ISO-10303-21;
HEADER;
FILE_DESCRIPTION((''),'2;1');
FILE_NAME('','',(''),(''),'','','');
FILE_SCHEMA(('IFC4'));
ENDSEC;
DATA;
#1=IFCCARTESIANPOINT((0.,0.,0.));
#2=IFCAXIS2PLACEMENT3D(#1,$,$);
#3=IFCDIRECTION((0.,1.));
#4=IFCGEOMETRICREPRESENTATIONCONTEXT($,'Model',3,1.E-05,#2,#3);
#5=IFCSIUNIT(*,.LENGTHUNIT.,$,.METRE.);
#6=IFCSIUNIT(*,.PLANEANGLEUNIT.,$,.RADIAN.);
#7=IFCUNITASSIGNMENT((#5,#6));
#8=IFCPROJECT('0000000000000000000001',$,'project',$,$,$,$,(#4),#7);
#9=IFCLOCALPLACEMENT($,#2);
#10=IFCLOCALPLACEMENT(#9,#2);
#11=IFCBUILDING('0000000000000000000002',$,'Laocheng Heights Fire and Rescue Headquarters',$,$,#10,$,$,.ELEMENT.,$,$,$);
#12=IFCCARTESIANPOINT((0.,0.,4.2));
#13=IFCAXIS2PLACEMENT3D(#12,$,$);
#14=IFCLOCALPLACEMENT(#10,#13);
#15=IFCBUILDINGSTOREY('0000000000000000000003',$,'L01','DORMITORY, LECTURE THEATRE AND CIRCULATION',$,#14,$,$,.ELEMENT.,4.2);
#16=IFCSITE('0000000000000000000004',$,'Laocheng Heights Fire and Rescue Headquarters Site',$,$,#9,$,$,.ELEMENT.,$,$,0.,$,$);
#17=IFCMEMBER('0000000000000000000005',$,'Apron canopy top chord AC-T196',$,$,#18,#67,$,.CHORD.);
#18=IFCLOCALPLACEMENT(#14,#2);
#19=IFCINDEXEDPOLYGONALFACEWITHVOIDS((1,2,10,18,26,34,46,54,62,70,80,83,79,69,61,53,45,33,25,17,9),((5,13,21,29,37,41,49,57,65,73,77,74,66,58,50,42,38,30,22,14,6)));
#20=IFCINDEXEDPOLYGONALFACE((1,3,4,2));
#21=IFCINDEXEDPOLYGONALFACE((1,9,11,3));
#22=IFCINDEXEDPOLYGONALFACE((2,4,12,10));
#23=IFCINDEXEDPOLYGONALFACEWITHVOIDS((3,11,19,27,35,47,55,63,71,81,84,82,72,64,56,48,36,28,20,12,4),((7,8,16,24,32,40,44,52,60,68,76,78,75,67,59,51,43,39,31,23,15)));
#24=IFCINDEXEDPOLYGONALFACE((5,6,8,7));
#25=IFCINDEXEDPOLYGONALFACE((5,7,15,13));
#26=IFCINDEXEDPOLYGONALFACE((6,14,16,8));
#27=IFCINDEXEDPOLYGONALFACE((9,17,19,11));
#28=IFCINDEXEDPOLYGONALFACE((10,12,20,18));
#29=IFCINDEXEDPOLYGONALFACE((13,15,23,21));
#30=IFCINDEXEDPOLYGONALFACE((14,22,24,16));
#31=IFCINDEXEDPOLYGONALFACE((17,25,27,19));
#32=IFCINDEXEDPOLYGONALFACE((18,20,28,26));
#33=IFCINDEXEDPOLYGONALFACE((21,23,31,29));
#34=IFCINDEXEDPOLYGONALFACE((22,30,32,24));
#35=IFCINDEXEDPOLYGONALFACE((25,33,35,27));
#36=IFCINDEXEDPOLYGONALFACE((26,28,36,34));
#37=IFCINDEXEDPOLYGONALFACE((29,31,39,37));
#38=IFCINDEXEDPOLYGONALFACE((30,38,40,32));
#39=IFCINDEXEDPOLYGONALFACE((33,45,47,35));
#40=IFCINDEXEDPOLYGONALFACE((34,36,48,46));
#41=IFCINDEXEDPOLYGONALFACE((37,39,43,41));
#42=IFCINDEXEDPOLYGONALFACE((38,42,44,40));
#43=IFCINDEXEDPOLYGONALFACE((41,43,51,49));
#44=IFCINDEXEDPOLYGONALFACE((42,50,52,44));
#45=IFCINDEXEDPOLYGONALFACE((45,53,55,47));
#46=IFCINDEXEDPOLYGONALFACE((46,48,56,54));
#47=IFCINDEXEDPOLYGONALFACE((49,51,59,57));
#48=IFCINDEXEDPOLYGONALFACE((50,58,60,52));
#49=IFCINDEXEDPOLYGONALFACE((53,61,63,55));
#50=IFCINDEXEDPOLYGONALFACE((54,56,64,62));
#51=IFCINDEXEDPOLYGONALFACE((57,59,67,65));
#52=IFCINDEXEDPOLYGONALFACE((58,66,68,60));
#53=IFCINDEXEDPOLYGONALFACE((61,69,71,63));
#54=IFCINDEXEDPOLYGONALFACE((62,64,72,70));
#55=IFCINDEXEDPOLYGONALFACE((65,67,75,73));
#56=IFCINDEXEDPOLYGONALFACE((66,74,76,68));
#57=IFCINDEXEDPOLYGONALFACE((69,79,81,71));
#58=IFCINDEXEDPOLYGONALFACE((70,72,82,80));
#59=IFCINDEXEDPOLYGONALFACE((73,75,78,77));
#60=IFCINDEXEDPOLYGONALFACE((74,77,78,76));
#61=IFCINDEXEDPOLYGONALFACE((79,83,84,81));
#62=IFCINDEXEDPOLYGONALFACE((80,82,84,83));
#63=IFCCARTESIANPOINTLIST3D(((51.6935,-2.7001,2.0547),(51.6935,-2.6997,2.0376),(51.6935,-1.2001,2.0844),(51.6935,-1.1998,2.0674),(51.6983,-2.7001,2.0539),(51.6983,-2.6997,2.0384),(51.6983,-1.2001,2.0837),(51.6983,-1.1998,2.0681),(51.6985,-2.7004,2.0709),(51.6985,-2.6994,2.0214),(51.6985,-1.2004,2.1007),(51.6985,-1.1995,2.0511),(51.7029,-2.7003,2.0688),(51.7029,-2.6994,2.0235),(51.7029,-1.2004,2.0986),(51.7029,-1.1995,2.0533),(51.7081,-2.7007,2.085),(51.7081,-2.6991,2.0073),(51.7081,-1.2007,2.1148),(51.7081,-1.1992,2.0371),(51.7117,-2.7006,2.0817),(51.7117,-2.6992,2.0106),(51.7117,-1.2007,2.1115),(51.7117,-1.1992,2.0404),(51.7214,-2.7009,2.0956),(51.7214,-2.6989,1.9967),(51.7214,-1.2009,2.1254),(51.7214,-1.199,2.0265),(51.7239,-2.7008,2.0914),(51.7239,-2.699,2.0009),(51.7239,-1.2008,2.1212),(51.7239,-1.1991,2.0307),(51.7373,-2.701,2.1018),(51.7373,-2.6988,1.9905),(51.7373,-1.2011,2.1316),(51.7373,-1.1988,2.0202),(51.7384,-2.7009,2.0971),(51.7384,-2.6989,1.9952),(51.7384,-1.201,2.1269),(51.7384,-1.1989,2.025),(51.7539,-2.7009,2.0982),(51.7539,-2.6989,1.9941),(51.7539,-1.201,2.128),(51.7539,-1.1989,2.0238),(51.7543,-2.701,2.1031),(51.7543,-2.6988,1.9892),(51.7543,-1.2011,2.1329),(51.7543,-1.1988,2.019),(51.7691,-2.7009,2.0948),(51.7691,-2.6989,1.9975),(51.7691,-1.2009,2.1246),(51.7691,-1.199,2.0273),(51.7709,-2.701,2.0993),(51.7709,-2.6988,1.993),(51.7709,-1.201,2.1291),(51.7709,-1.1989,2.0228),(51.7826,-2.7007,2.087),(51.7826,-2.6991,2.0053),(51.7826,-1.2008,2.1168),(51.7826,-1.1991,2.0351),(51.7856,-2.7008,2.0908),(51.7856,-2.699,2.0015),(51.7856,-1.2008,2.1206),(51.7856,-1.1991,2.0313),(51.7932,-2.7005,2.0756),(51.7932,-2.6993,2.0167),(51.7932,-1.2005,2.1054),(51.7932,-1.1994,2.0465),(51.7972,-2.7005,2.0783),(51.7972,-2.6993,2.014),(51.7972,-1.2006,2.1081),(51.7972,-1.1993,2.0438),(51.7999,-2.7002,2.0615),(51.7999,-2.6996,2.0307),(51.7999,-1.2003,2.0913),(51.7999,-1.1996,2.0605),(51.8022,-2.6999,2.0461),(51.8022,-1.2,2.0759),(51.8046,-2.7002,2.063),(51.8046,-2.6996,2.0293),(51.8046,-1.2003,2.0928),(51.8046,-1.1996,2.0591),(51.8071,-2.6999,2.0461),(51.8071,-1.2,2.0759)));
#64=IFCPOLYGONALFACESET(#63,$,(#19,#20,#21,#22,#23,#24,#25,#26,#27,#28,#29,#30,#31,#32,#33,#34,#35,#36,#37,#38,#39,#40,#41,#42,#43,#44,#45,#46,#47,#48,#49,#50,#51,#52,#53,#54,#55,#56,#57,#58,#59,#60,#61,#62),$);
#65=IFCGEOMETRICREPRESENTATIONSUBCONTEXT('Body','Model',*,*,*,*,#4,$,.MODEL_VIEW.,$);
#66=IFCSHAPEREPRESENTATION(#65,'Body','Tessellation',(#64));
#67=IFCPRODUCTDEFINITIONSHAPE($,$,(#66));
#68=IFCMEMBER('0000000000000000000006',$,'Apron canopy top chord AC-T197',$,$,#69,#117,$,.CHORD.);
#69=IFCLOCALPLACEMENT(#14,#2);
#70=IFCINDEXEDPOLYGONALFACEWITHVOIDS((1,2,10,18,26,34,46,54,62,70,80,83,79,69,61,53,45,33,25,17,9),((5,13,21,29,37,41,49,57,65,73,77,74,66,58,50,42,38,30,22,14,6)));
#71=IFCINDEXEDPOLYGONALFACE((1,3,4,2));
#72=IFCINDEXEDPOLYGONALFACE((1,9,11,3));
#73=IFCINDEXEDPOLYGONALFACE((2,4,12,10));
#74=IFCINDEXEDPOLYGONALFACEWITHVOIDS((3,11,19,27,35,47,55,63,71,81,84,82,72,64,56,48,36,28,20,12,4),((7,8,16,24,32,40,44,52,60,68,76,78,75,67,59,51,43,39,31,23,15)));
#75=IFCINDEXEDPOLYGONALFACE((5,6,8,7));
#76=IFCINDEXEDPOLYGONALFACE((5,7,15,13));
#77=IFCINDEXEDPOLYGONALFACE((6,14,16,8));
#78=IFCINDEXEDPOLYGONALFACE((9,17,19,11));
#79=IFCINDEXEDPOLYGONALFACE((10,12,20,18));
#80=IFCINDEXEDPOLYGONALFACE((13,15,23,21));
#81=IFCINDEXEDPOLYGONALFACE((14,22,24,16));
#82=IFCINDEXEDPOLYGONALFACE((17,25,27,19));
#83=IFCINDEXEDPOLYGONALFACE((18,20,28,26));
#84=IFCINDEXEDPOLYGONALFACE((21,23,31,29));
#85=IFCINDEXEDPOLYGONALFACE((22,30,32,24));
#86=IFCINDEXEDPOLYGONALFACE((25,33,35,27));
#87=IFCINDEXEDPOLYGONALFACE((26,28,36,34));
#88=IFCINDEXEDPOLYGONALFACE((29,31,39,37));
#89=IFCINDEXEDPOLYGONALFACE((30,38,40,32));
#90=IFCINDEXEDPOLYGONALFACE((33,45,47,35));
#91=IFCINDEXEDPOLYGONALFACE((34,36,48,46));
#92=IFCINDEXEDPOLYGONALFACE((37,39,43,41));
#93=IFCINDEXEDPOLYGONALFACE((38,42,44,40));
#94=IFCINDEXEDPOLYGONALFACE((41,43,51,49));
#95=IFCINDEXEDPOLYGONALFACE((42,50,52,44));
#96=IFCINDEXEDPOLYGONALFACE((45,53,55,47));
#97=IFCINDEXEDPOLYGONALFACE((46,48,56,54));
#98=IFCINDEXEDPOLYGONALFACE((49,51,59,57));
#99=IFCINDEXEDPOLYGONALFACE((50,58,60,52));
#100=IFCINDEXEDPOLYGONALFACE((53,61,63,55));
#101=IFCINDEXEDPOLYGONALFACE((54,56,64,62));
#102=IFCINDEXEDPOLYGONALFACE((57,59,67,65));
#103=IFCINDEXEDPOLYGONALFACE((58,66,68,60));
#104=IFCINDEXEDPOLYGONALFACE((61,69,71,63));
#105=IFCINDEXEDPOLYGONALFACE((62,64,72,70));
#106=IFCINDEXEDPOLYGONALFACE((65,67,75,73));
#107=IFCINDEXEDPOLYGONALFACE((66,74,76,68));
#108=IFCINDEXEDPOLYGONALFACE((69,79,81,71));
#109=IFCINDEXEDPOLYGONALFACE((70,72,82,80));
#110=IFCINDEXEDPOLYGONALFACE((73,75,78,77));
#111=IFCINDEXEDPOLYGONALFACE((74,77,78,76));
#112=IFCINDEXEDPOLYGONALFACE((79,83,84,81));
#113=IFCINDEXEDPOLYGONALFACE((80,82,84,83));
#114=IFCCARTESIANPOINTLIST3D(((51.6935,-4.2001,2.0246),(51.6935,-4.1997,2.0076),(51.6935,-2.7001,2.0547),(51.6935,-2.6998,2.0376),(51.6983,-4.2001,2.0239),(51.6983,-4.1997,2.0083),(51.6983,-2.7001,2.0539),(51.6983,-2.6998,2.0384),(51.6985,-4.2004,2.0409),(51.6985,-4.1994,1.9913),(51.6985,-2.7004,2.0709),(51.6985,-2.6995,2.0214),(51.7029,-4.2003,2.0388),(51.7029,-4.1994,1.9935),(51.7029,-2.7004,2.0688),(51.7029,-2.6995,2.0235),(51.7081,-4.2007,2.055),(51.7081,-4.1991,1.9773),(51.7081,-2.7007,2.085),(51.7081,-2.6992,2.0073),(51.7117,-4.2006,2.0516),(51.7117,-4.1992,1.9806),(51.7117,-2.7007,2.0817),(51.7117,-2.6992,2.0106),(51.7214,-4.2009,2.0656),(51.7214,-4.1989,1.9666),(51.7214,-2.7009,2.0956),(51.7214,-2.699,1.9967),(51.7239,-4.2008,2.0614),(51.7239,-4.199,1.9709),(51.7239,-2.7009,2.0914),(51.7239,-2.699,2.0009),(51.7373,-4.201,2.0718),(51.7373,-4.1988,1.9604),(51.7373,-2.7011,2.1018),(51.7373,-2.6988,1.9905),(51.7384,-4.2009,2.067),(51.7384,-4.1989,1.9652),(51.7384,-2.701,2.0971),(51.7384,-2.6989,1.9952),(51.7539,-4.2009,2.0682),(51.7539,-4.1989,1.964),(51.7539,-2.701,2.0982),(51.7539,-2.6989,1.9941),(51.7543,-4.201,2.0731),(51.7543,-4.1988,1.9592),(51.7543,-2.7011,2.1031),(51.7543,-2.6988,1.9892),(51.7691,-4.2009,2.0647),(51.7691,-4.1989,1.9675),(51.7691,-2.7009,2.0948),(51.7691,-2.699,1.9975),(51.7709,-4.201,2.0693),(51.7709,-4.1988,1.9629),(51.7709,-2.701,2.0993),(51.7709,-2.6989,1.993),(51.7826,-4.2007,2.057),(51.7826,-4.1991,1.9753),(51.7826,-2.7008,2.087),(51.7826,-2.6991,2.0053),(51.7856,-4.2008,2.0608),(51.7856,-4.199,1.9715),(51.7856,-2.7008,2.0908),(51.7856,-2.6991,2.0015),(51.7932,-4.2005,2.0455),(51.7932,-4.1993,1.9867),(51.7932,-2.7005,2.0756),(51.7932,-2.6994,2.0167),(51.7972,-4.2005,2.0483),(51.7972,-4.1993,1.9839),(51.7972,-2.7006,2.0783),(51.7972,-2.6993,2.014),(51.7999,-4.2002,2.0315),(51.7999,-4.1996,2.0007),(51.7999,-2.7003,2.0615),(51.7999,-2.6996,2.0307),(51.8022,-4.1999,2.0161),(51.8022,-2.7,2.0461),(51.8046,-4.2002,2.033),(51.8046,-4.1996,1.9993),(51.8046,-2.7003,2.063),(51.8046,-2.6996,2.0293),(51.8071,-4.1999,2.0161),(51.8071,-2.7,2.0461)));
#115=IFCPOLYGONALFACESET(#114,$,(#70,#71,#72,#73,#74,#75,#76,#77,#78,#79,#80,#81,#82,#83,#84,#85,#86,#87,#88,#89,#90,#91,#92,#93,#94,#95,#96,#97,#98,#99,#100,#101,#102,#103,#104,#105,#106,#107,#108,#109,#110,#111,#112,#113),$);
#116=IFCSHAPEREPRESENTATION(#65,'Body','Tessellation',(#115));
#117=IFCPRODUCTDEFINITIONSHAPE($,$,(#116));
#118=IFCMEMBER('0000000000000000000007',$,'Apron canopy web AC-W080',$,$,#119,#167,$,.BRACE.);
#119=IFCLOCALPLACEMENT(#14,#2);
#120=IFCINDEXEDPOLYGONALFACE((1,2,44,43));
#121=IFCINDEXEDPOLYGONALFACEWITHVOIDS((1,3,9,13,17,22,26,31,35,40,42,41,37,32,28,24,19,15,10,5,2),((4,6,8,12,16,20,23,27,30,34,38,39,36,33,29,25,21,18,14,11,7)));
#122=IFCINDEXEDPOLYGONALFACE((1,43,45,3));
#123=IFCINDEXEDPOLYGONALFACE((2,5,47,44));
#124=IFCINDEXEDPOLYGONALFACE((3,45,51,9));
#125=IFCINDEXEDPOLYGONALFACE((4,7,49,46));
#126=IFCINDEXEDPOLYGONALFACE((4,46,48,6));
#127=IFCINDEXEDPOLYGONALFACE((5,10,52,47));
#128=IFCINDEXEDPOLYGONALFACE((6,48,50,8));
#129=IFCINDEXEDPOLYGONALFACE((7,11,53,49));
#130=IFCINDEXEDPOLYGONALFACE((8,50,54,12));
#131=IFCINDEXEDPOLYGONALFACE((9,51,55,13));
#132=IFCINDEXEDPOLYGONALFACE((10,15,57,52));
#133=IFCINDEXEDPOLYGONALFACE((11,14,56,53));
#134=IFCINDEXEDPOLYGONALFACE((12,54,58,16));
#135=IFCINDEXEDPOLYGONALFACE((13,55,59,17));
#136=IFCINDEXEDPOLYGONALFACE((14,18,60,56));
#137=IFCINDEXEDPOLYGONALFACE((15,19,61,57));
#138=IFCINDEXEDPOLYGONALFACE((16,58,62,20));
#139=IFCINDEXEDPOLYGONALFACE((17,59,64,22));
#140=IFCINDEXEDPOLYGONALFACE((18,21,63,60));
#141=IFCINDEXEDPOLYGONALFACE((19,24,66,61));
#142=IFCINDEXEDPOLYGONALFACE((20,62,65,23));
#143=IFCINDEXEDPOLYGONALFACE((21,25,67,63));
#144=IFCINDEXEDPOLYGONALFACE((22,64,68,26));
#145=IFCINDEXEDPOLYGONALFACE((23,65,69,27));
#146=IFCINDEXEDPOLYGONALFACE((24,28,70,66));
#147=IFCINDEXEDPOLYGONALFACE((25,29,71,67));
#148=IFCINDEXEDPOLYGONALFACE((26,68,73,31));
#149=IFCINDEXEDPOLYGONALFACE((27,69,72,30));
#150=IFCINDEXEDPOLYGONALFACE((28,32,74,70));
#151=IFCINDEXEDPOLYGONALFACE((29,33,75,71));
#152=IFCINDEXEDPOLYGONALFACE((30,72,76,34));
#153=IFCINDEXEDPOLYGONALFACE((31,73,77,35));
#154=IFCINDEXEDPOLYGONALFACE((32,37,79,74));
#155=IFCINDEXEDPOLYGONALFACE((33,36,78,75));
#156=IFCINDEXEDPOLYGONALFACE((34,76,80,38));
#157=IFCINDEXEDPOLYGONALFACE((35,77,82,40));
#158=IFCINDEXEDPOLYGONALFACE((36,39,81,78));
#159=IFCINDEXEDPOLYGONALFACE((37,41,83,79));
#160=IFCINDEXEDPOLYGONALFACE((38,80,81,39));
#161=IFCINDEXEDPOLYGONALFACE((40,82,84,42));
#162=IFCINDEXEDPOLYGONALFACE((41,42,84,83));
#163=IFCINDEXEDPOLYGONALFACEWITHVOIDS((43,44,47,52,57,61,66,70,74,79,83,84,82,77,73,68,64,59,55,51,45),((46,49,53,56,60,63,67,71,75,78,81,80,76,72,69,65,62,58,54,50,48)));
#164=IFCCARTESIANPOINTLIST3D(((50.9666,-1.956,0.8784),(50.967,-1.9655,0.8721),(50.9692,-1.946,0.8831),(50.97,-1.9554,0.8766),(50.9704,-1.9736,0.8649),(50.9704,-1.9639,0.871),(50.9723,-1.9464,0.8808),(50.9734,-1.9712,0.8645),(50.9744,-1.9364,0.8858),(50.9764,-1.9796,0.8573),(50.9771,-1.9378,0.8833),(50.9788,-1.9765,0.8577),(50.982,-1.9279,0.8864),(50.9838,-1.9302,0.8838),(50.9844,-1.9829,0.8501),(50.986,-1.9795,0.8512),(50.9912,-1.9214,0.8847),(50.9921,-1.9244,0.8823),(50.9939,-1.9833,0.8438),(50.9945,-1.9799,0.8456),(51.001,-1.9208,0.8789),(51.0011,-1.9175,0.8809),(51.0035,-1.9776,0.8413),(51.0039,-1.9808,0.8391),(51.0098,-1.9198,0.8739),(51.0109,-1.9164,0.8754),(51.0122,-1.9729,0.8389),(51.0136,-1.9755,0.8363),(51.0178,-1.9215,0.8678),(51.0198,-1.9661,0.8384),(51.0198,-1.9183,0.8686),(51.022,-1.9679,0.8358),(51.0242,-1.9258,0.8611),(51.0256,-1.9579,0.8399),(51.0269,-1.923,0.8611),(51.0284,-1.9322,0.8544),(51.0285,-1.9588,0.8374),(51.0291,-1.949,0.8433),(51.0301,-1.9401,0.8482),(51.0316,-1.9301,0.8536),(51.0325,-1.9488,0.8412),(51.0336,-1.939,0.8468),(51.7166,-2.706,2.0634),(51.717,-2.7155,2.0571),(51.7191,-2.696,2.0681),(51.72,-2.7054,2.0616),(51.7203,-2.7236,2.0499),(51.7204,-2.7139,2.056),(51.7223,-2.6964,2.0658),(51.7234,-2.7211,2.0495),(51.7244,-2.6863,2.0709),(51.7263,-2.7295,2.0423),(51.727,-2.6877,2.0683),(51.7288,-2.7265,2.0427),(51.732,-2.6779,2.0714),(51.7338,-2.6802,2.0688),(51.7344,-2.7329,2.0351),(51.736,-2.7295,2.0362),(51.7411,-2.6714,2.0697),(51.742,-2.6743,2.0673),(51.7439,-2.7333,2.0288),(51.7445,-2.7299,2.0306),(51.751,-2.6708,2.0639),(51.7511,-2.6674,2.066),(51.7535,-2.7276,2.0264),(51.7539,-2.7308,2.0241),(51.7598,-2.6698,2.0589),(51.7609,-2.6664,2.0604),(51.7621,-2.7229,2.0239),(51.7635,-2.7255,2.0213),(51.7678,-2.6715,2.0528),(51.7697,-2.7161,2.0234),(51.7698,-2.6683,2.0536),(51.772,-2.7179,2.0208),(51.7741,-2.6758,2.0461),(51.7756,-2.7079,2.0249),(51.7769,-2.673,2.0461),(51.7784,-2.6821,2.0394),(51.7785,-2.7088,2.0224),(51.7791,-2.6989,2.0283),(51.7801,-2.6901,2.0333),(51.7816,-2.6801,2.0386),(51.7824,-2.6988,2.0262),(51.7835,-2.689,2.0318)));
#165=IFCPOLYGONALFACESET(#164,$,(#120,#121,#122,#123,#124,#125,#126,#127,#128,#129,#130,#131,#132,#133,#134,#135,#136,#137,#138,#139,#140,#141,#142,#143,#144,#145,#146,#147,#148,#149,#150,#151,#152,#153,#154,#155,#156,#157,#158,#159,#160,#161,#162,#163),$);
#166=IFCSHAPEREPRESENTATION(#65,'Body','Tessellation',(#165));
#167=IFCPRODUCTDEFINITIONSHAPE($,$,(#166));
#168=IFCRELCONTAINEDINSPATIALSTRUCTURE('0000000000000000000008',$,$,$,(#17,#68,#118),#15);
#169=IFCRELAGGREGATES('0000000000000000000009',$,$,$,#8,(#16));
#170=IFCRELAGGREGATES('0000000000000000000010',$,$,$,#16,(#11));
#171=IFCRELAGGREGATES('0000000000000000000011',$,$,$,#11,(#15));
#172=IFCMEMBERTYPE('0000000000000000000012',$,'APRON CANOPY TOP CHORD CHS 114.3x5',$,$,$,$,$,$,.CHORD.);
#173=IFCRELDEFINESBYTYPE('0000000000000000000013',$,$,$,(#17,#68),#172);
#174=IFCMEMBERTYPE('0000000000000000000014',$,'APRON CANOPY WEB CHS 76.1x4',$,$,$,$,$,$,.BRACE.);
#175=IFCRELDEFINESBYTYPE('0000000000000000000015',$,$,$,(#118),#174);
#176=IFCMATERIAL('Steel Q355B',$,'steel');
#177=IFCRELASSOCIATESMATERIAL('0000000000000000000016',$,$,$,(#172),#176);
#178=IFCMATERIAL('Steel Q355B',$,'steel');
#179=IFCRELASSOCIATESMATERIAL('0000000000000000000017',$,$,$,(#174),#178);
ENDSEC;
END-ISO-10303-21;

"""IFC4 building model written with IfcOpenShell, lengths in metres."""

from ifc_helpers import new_model, si_unit, direction, frame, origin, origin_2d, place, context, subcontext, project, spatial, hollow_circle, extrude, material, material_profile, profile_set, type_object, element, save


model = new_model("IFC4")

# Units and contexts
model_context = context("Model", 3, precision=1e-05, world=origin(), true_north=direction((0.0, 1.0)))
body_context = subcontext(model_context, "Body", "Model", "MODEL_VIEW")
ifc_project = project(units=[si_unit("LENGTHUNIT", "METRE"), si_unit("PLANEANGLEUNIT", "RADIAN")], contexts=[model_context])

# Site, building, storey
site_placement = place(None, origin())
site = spatial("IfcSite", under=ifc_project, at=site_placement, Name="Laocheng Heights Fire and Rescue Headquarters Site", CompositionType="ELEMENT", RefElevation=0.0)
building_placement = place(site_placement, origin())
building = spatial("IfcBuilding", under=site, at=building_placement, Name="Laocheng Heights Fire and Rescue Headquarters", CompositionType="ELEMENT")
storey_placement = place(building_placement, frame((0.0, 0.0, 4.2)))
storey = spatial("IfcBuildingStorey", under=building, at=storey_placement, Name="L01", Description="DORMITORY, LECTURE THEATRE AND CIRCULATION", CompositionType="ELEMENT", Elevation=4.2)

# Members
ifc_material_1 = material(Name="Steel Q355B", Category="steel")
ifc_material_profile_1 = material_profile(ifc_material_1, hollow_circle(Radius=0.0571, WallThickness=0.0049, at=origin_2d()), Name="CHS 114.3x5")
ifc_profile_set_1 = profile_set([ifc_material_profile_1], Name="Steel Q355B")
member_type_1 = type_object("IfcMemberType", Name="APRON CANOPY TOP CHORD CHS 114.3x5", PredefinedType="CHORD", material=ifc_profile_set_1)
for number, where, z_axis, x_axis, name in (
    (1, (51.75, -1.2, 2.0759), (0.0, -0.999803, -0.019853), (1.0, 0.0, 0.0), "Apron canopy top chord AC-T196"),
    (2, (51.75, -2.7, 2.0461), (0.0, -0.9998, -0.020016), (1.0, 0.0, 0.0), "Apron canopy top chord AC-T197"),
):
    element("IfcMember", number, at=place(storey_placement, frame(where, z_axis=z_axis, x_axis=x_axis)), inside=storey, type_object=member_type_1, Name=name, PredefinedType="CHORD", context=body_context, shape_type="SweptSolid", body=[
        extrude(hollow_circle(Radius=0.0571, WallThickness=0.0049, at=origin_2d()), origin(), (0.0, 0.0, 1.0), 1.5002),
    ])
ifc_material_2 = material(Name="Steel Q355B", Category="steel")
ifc_material_profile_2 = material_profile(ifc_material_2, hollow_circle(Radius=0.0381, WallThickness=0.0039, at=origin_2d()), Name="CHS 76.1x4")
ifc_profile_set_2 = profile_set([ifc_material_profile_2], Name="Steel Q355B")
member_type_2 = type_object("IfcMemberType", Name="APRON CANOPY WEB CHS 76.1x4", PredefinedType="BRACE", material=ifc_profile_set_2)
member_placement = place(storey_placement, frame((51.0, -1.95, 0.8611), z_axis=(0.47158, -0.47158, 0.745134), x_axis=(0.707107, 0.707107, 0.0)))
element("IfcMember", 3, at=member_placement, inside=storey, type_object=member_type_2, Name="Apron canopy web AC-W080", PredefinedType="BRACE", context=body_context, shape_type="SweptSolid", body=[
    extrude(hollow_circle(Radius=0.0381, WallThickness=0.0039, at=origin_2d()), origin(), (0.0, 0.0, 1.0), 1.5903),
])

save(model, "model.ifc")
